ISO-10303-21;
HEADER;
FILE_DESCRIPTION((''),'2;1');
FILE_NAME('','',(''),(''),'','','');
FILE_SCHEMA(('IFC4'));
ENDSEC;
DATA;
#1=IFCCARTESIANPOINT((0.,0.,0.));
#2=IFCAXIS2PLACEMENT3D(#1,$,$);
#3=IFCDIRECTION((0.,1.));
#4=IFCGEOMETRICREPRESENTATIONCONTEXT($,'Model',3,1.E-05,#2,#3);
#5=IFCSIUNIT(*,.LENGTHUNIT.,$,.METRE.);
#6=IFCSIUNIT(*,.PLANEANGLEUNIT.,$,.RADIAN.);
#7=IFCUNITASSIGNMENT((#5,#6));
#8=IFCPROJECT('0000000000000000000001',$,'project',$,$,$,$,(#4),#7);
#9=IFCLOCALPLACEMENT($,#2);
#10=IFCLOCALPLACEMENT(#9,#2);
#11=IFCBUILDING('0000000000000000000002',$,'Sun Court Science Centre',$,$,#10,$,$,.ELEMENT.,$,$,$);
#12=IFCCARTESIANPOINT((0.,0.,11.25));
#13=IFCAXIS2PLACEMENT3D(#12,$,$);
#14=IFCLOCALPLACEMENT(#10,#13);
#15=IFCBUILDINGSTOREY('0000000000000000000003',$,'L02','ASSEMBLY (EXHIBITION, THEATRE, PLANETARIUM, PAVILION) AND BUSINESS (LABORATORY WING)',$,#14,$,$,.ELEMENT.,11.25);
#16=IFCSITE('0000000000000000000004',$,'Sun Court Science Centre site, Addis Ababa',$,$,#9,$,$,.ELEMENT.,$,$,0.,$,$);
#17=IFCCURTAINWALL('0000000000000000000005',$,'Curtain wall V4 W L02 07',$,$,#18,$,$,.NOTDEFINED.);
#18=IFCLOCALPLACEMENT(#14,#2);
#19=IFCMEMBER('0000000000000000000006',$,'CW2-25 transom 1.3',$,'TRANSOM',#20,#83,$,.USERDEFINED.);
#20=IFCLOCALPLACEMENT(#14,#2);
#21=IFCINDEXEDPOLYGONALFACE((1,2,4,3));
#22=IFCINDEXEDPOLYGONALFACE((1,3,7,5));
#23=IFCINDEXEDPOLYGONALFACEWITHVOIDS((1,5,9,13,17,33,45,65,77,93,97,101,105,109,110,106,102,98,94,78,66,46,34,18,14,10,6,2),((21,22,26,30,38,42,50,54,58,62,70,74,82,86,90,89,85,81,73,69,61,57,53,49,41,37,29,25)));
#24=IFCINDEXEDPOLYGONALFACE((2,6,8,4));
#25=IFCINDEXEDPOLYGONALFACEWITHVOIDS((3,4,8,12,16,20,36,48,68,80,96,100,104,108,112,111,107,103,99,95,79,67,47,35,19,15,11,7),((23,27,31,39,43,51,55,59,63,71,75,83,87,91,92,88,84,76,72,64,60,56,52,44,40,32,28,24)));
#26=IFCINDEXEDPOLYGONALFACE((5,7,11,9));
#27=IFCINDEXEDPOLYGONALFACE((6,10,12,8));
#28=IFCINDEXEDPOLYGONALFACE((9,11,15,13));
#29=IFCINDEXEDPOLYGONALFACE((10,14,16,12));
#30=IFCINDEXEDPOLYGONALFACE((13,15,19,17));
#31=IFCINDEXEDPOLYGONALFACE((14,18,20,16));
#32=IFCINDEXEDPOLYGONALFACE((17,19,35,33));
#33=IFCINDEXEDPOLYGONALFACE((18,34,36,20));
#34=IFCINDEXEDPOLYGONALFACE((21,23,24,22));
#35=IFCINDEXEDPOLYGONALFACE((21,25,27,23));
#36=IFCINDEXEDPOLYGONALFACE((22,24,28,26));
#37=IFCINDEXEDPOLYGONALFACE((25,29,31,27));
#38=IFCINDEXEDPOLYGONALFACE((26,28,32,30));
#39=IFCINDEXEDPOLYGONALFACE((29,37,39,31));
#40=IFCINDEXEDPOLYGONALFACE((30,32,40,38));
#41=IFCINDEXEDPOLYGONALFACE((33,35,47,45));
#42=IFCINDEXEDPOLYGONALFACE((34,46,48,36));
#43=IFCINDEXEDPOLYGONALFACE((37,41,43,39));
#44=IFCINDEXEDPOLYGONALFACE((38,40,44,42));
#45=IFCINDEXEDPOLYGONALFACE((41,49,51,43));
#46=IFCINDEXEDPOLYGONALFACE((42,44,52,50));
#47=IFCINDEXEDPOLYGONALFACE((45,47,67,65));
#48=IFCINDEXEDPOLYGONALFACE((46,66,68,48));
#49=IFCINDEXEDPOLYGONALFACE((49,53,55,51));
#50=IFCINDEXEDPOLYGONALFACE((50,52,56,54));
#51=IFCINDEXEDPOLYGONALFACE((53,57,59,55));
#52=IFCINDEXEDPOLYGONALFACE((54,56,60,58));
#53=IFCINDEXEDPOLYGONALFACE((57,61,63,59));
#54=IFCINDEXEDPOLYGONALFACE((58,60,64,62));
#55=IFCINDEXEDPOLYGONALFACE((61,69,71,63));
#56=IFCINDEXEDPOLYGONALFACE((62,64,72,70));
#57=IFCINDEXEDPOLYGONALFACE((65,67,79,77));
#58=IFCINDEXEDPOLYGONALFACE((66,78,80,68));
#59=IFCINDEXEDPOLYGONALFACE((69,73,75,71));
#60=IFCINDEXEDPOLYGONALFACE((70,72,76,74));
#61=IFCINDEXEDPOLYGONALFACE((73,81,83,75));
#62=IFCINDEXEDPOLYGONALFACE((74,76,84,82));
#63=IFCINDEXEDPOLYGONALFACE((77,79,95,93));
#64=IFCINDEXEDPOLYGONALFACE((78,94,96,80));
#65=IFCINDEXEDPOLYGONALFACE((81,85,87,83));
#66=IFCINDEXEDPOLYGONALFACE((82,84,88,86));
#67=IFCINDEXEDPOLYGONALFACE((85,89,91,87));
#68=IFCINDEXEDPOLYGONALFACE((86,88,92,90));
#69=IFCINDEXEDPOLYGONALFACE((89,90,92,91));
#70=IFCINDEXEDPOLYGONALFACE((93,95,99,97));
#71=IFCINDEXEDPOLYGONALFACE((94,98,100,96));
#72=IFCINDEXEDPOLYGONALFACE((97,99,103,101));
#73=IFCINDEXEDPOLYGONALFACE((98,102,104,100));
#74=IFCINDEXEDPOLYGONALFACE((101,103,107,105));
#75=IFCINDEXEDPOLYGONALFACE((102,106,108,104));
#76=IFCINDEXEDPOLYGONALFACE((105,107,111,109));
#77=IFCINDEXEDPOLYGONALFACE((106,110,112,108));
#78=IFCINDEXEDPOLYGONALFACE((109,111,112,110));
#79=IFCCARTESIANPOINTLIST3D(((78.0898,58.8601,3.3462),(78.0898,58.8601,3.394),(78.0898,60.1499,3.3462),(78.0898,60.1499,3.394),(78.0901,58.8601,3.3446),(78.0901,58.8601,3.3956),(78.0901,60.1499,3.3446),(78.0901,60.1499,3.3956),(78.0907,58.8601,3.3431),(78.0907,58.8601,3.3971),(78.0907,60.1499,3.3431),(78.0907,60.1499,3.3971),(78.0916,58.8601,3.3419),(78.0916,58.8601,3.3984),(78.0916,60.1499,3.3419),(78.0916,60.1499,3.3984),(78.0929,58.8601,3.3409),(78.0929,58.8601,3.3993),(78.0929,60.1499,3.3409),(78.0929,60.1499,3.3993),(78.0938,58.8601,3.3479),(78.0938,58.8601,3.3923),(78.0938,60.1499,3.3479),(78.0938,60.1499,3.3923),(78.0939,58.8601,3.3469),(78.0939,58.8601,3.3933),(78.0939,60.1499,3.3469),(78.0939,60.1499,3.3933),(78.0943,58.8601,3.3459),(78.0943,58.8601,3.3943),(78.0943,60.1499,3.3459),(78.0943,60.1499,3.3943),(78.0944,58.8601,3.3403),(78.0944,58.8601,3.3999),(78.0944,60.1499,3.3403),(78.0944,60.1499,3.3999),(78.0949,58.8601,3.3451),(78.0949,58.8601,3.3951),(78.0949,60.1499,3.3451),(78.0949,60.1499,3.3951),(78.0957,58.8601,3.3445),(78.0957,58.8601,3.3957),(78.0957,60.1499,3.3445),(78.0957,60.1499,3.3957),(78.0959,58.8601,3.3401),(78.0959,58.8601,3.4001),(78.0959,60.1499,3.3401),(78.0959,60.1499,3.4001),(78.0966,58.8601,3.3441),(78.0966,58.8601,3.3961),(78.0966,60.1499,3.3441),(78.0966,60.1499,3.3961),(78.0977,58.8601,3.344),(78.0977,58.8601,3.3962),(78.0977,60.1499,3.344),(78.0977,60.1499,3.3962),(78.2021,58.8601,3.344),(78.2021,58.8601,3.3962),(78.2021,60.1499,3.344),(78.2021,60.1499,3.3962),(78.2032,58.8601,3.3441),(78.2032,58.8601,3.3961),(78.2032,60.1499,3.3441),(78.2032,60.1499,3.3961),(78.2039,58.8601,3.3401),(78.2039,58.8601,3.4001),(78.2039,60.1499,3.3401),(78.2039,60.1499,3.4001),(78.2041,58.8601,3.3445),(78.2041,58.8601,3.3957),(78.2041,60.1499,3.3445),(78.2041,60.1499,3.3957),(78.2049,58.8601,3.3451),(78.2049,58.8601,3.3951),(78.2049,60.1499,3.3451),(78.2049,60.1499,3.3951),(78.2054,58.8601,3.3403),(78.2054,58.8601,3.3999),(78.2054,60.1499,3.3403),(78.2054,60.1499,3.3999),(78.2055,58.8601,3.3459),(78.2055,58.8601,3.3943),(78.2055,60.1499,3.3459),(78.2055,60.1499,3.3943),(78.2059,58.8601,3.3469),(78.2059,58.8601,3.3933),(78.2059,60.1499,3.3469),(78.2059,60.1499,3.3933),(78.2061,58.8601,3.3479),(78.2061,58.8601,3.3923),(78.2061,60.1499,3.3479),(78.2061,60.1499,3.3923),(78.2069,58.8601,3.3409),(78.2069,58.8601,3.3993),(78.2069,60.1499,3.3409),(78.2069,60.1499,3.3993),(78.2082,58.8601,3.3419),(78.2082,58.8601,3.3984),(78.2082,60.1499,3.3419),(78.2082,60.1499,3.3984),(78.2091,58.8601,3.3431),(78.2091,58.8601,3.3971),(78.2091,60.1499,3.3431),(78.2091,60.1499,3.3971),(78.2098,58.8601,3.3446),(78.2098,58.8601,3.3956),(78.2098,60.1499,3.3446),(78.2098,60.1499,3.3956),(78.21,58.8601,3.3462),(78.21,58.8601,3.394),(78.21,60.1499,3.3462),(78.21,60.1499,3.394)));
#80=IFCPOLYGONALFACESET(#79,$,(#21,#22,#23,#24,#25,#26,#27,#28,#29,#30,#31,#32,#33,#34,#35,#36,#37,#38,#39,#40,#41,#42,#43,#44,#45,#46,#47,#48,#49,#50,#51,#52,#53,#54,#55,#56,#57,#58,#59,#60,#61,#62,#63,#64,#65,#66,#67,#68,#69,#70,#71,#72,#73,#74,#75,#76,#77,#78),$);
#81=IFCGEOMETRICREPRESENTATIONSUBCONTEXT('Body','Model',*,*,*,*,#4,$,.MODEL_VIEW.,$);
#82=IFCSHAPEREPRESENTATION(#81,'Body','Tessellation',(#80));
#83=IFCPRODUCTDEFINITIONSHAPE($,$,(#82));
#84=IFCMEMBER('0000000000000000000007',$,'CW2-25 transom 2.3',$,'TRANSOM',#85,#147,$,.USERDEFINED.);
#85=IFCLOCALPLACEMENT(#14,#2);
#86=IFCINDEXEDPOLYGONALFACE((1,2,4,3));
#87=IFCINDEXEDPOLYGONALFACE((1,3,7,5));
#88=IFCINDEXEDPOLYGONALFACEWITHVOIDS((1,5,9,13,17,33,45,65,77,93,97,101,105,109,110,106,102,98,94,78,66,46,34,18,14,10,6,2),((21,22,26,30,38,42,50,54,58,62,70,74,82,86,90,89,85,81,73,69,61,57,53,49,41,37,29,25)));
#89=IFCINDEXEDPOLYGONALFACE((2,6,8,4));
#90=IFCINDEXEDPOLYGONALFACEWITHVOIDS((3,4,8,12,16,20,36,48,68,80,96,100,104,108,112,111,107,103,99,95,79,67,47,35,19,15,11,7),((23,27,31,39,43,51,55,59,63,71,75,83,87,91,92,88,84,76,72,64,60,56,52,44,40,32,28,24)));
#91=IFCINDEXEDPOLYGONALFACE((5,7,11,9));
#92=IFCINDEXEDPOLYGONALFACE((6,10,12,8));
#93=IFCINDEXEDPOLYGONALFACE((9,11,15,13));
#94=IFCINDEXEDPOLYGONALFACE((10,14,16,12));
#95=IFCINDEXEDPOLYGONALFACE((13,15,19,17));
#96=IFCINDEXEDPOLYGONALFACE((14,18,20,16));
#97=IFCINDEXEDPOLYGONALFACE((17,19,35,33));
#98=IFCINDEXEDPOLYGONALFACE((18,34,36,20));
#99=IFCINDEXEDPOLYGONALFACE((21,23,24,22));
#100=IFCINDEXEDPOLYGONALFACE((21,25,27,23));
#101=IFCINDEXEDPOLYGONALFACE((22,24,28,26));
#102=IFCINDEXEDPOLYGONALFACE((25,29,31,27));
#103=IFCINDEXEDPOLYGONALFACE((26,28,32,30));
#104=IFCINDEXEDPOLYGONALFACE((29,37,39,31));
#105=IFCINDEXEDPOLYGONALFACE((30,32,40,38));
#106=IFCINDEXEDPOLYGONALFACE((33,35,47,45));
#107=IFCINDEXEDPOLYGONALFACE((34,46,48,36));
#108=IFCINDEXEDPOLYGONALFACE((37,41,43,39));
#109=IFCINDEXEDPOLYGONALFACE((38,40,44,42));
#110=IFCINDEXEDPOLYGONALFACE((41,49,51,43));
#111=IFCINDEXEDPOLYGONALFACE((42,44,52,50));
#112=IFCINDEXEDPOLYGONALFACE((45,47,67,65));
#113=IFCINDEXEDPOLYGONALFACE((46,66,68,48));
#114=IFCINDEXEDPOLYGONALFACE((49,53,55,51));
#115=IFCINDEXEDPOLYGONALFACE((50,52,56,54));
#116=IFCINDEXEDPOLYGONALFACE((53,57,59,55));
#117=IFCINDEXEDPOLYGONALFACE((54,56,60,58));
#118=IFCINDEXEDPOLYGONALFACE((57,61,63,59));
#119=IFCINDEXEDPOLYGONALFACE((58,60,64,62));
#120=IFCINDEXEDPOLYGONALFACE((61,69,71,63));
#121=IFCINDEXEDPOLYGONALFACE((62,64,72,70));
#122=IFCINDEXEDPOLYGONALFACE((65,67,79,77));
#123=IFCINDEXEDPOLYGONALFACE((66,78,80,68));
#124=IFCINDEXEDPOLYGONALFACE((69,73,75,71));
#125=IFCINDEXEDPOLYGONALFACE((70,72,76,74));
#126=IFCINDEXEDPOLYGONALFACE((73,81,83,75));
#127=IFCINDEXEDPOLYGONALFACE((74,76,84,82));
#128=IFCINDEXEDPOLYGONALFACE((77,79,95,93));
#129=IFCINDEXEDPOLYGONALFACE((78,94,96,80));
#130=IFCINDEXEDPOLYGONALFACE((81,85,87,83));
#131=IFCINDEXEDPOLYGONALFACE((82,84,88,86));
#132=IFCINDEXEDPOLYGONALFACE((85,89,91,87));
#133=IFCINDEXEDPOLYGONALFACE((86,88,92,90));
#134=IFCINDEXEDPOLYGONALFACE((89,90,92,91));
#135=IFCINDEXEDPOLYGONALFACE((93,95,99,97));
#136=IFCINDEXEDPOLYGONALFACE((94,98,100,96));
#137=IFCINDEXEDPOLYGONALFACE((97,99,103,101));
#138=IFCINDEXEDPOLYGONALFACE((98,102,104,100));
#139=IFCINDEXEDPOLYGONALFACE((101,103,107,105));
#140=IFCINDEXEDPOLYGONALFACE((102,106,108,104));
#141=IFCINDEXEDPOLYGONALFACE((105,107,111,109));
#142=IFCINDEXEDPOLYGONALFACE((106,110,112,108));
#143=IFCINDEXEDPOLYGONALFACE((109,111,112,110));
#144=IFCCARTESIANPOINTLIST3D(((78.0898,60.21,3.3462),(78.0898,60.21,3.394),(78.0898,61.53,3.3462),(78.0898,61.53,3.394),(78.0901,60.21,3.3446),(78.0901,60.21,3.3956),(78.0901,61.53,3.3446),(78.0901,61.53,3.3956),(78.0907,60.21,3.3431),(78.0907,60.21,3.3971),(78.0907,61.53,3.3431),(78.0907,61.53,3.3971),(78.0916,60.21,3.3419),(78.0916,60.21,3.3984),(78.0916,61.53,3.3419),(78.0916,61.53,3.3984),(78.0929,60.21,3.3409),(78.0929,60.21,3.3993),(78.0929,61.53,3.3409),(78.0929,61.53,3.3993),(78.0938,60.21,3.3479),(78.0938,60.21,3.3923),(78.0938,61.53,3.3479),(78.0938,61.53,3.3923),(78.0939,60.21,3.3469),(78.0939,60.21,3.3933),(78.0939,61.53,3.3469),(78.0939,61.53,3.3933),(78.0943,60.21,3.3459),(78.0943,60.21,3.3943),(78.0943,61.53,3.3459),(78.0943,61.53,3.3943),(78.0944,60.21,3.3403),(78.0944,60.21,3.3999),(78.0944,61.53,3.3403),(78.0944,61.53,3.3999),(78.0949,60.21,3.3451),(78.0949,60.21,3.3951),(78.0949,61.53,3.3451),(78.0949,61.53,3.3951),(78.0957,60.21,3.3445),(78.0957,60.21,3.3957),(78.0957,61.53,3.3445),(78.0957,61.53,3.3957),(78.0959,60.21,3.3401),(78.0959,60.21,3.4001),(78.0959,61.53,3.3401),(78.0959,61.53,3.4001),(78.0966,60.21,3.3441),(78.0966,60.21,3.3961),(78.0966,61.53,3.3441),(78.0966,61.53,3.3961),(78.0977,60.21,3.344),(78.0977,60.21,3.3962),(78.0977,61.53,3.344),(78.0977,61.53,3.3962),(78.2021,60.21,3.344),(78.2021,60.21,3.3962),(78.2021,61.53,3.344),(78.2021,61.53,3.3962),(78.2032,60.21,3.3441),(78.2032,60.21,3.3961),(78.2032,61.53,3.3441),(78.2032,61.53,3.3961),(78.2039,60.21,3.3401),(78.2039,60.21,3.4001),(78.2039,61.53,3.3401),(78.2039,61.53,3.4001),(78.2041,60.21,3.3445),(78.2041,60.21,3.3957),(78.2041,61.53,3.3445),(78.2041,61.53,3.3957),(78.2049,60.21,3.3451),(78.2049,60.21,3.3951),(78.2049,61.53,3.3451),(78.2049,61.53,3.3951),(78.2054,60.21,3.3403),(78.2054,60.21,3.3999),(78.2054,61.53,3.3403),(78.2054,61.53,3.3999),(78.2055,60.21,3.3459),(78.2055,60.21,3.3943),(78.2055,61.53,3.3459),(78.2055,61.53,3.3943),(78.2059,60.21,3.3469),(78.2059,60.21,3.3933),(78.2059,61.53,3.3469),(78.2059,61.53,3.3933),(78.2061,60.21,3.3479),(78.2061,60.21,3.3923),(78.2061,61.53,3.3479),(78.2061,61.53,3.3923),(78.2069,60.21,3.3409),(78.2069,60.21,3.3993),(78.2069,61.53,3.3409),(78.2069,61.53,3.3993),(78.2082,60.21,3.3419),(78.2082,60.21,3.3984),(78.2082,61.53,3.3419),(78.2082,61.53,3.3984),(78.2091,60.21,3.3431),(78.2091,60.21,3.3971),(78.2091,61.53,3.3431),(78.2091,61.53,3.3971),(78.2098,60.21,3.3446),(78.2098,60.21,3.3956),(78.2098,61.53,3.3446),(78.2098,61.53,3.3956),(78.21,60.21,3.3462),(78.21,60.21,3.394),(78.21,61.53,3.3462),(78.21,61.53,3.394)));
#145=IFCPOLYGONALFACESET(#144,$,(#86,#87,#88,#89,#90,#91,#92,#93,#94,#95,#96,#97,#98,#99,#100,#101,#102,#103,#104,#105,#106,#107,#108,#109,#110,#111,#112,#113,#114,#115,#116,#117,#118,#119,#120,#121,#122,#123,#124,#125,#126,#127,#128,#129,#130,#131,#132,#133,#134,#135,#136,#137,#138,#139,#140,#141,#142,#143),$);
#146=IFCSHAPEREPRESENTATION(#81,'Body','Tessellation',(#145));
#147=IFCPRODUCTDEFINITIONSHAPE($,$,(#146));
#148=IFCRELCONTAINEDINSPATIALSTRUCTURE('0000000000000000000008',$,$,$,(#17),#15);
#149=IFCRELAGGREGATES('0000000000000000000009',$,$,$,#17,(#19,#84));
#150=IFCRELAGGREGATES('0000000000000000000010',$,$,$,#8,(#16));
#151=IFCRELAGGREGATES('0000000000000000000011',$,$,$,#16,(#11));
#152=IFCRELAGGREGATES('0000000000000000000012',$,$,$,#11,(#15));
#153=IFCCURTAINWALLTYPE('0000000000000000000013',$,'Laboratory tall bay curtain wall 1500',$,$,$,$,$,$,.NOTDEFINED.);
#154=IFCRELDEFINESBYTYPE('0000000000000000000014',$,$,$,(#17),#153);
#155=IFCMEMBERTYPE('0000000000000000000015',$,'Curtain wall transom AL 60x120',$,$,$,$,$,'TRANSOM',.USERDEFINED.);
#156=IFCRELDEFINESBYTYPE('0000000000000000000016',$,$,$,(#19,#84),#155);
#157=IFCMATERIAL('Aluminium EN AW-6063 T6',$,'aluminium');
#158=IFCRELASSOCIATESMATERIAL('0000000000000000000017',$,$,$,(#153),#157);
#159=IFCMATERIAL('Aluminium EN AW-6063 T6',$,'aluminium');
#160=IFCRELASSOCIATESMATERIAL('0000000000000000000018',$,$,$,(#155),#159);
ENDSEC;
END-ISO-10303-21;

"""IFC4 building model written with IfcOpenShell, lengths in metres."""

from ifc_helpers import new_model, si_unit, direction, frame, origin, origin_2d, place, context, subcontext, project, spatial, hollow_rectangle, extrude, material, material_profile, profile_set, type_object, element, aggregate, save


model = new_model("IFC4")

# Units and contexts
model_context = context("Model", 3, precision=1e-05, world=origin(), true_north=direction((0.0, 1.0)))
body_context = subcontext(model_context, "Body", "Model", "MODEL_VIEW")
ifc_project = project(units=[si_unit("LENGTHUNIT", "METRE"), si_unit("PLANEANGLEUNIT", "RADIAN")], contexts=[model_context])

# Site, building, storey
site_placement = place(None, origin())
site = spatial("IfcSite", under=ifc_project, at=site_placement, Name="Sun Court Science Centre site, Addis Ababa", CompositionType="ELEMENT", RefElevation=0.0)
building_placement = place(site_placement, origin())
building = spatial("IfcBuilding", under=site, at=building_placement, Name="Sun Court Science Centre", CompositionType="ELEMENT")
storey_placement = place(building_placement, frame((0.0, 0.0, 11.25)))
storey = spatial("IfcBuildingStorey", under=building, at=storey_placement, Name="L02", Description="ASSEMBLY (EXHIBITION, THEATRE, PLANETARIUM, PAVILION) AND BUSINESS (LABORATORY WING)", CompositionType="ELEMENT", Elevation=11.25)

# Shared definitions
ifc_material_1 = material(Name="Aluminium EN AW-6063 T6", Category="aluminium")
curtain_wall_type = type_object("IfcCurtainWallType", Name="Laboratory tall bay curtain wall 1500", PredefinedType="NOTDEFINED", material=ifc_material_1)

# Curtain wall
curtain_wall_1_placement = place(storey_placement, origin())
curtain_wall_1 = element("IfcCurtainWall", 1, at=curtain_wall_1_placement, inside=storey, type_object=curtain_wall_type, Name="Curtain wall V4 W L02 07", PredefinedType="NOTDEFINED")

# Members
ifc_material_2 = material(Name="Aluminium EN AW-6063 T6", Category="aluminium")
ifc_material_profile_1 = material_profile(ifc_material_2, hollow_rectangle(XDim=0.0601, YDim=0.1201, WallThickness=0.0039, InnerFilletRadius=0.0039, OuterFilletRadius=0.0061, at=origin_2d()), Name="AL 60x120x4")
ifc_profile_set_1 = profile_set([ifc_material_profile_1], Name="Aluminium EN AW-6063 T6")
member_type_1 = type_object("IfcMemberType", Name="Curtain wall transom AL 60x120", ElementType="TRANSOM", PredefinedType="USERDEFINED", material=ifc_profile_set_1)
member_1_placement = place(storey_placement, frame((78.1499, 58.8601, 3.3701), z_axis=(0.0, 1.0, 0.0), x_axis=(0.0, 0.0, 1.0)))
member_1 = element("IfcMember", 2, at=member_1_placement, type_object=member_type_1, Name="CW2-25 transom 1.3", ObjectType="TRANSOM", PredefinedType="USERDEFINED", context=body_context, shape_type="SweptSolid", body=[
    extrude(hollow_rectangle(XDim=0.0601, YDim=0.1201, WallThickness=0.0039, InnerFilletRadius=0.0039, OuterFilletRadius=0.0061, at=origin_2d()), origin(), (0.0, 0.0, 1.0), 1.2898),
])
member_2_placement = place(storey_placement, frame((78.1499, 60.21, 3.3701), z_axis=(0.0, 1.0, 0.0), x_axis=(0.0, 0.0, 1.0)))
member_2 = element("IfcMember", 3, at=member_2_placement, type_object=member_type_1, Name="CW2-25 transom 2.3", ObjectType="TRANSOM", PredefinedType="USERDEFINED", context=body_context, shape_type="SweptSolid", body=[
    extrude(hollow_rectangle(XDim=0.0601, YDim=0.1201, WallThickness=0.0039, InnerFilletRadius=0.0039, OuterFilletRadius=0.0061, at=origin_2d()), origin(), (0.0, 0.0, 1.0), 1.3201),
])

aggregate(curtain_wall_1, [member_1, member_2])

save(model, "model.ifc")
